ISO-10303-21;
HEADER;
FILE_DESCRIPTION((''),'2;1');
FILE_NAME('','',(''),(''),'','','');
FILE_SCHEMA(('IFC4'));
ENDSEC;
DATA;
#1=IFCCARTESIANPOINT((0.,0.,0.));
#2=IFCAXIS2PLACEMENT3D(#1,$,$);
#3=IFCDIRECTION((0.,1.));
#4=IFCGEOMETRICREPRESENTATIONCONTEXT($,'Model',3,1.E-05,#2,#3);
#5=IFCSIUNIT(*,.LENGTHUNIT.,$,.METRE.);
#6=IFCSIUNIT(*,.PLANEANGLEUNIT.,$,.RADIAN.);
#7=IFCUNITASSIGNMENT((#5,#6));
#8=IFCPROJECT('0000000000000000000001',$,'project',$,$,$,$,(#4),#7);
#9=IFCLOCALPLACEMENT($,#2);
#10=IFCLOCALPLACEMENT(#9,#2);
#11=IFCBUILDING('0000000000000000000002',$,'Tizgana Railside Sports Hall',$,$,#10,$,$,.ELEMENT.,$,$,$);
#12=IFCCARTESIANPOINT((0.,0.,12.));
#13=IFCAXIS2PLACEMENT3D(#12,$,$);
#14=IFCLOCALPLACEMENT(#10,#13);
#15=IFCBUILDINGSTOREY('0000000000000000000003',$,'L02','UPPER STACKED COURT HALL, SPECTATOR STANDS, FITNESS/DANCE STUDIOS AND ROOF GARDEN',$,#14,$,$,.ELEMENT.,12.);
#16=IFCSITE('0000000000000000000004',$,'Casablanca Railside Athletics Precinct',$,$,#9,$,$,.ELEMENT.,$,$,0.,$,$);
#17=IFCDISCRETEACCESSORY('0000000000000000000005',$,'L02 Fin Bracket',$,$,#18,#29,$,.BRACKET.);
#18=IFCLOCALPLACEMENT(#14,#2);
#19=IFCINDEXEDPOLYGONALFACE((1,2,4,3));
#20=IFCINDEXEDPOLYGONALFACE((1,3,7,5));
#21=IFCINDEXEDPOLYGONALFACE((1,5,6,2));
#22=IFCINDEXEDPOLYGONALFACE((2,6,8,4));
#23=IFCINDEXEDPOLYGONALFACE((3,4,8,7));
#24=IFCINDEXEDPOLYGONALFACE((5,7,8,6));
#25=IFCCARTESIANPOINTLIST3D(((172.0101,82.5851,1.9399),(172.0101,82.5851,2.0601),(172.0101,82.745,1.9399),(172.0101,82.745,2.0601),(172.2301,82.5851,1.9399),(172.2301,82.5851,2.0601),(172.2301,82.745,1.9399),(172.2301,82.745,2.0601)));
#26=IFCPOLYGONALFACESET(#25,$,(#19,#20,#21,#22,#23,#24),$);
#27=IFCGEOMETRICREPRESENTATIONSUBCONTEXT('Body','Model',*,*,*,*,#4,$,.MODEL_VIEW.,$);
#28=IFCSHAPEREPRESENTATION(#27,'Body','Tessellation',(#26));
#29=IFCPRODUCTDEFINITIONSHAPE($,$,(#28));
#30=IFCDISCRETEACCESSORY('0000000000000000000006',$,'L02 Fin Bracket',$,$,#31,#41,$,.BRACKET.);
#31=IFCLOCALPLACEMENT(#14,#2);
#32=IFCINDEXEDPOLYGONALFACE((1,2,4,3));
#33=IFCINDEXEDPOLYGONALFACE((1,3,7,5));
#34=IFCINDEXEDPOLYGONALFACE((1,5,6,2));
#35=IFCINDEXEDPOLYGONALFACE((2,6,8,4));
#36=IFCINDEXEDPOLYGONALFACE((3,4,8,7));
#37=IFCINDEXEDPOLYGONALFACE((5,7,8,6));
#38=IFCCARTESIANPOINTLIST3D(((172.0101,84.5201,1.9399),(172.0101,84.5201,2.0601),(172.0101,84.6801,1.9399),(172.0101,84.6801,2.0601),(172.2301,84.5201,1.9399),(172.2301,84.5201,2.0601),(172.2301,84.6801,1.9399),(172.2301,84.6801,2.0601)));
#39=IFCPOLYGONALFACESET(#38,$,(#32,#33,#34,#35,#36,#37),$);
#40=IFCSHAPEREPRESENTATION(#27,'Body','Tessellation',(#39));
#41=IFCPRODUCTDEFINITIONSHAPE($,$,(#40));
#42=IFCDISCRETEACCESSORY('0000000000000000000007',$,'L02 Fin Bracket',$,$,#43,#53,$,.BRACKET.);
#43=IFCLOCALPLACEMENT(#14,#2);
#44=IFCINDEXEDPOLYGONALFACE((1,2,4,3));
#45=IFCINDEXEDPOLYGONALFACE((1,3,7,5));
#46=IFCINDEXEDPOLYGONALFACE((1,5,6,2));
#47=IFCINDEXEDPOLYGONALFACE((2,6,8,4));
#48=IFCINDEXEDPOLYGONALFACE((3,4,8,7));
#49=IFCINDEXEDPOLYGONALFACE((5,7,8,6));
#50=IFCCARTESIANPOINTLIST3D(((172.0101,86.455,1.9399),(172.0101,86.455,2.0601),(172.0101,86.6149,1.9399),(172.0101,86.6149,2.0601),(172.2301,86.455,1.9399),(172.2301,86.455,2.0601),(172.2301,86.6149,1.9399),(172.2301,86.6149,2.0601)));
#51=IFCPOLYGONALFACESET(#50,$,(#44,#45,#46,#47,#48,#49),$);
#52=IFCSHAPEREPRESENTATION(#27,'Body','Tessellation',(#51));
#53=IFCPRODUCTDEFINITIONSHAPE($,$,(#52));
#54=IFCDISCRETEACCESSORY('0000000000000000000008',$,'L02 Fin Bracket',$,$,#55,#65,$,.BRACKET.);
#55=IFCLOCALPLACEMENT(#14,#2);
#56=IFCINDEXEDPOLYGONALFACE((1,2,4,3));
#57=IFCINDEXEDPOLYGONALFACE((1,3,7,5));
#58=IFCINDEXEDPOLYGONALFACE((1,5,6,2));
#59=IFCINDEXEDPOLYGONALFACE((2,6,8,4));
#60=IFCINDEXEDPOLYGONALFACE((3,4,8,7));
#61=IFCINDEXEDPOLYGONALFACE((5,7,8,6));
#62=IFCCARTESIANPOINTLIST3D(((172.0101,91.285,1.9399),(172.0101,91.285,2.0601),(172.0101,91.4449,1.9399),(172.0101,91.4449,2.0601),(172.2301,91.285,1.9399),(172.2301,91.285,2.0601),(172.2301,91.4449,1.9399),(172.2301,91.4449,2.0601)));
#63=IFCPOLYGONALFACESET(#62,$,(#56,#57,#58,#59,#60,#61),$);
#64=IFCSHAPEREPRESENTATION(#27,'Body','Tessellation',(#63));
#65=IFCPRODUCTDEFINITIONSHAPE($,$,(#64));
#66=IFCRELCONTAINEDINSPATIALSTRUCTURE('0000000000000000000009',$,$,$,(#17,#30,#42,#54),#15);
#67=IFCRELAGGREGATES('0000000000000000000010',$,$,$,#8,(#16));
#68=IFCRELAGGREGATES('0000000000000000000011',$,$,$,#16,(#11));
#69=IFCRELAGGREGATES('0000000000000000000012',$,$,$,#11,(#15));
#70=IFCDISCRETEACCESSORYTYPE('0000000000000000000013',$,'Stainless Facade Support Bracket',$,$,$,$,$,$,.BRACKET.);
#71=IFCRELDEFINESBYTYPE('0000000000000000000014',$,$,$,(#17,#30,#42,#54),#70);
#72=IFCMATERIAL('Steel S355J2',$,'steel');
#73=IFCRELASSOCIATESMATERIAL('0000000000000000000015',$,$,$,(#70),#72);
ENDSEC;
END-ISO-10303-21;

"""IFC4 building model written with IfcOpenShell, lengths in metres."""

from ifc_helpers import new_model, si_unit, direction, frame, origin, origin_2d, place, context, subcontext, project, spatial, rectangle, extrude, material, type_object, element, save


model = new_model("IFC4")

# Units and contexts
model_context = context("Model", 3, precision=1e-05, world=origin(), true_north=direction((0.0, 1.0)))
body_context = subcontext(model_context, "Body", "Model", "MODEL_VIEW")
ifc_project = project(units=[si_unit("LENGTHUNIT", "METRE"), si_unit("PLANEANGLEUNIT", "RADIAN")], contexts=[model_context])

# Site, building, storey
site_placement = place(None, origin())
site = spatial("IfcSite", under=ifc_project, at=site_placement, Name="Casablanca Railside Athletics Precinct", CompositionType="ELEMENT", RefElevation=0.0)
building_placement = place(site_placement, origin())
building = spatial("IfcBuilding", under=site, at=building_placement, Name="Tizgana Railside Sports Hall", CompositionType="ELEMENT")
storey_placement = place(building_placement, frame((0.0, 0.0, 12.0)))
storey = spatial("IfcBuildingStorey", under=building, at=storey_placement, Name="L02", Description="UPPER STACKED COURT HALL, SPECTATOR STANDS, FITNESS/DANCE STUDIOS AND ROOF GARDEN", CompositionType="ELEMENT", Elevation=12.0)

# Shared definitions
ifc_material_1 = material(Name="Steel S355J2", Category="steel")

# Discrete accessories
discrete_accessory_type = type_object("IfcDiscreteAccessoryType", Name="Stainless Facade Support Bracket", PredefinedType="BRACKET", material=ifc_material_1)
for number, where, z_axis, x_axis, name in (
    (1, (172.1201, 82.665, 1.9399), (0.0, 0.0, 1.0), (0.0, 1.0, 0.0), "L02 Fin Bracket"),
    (2, (172.1201, 84.6001, 1.9399), (0.0, 0.0, 1.0), (0.0, 1.0, 0.0), "L02 Fin Bracket"),
    (3, (172.1201, 86.5349, 1.9399), (0.0, 0.0, 1.0), (0.0, 1.0, 0.0), "L02 Fin Bracket"),
    (4, (172.1201, 91.365, 1.9399), (0.0, 0.0, 1.0), (0.0, 1.0, 0.0), "L02 Fin Bracket"),
):
    element("IfcDiscreteAccessory", number, at=place(storey_placement, frame(where, z_axis=z_axis, x_axis=x_axis)), inside=storey, type_object=discrete_accessory_type, Name=name, PredefinedType="BRACKET", context=body_context, shape_type="SweptSolid", body=[
        extrude(rectangle(XDim=0.1599, YDim=0.22, at=origin_2d()), origin(), (0.0, 0.0, 1.0), 0.1201),
    ])

save(model, "model.ifc")
